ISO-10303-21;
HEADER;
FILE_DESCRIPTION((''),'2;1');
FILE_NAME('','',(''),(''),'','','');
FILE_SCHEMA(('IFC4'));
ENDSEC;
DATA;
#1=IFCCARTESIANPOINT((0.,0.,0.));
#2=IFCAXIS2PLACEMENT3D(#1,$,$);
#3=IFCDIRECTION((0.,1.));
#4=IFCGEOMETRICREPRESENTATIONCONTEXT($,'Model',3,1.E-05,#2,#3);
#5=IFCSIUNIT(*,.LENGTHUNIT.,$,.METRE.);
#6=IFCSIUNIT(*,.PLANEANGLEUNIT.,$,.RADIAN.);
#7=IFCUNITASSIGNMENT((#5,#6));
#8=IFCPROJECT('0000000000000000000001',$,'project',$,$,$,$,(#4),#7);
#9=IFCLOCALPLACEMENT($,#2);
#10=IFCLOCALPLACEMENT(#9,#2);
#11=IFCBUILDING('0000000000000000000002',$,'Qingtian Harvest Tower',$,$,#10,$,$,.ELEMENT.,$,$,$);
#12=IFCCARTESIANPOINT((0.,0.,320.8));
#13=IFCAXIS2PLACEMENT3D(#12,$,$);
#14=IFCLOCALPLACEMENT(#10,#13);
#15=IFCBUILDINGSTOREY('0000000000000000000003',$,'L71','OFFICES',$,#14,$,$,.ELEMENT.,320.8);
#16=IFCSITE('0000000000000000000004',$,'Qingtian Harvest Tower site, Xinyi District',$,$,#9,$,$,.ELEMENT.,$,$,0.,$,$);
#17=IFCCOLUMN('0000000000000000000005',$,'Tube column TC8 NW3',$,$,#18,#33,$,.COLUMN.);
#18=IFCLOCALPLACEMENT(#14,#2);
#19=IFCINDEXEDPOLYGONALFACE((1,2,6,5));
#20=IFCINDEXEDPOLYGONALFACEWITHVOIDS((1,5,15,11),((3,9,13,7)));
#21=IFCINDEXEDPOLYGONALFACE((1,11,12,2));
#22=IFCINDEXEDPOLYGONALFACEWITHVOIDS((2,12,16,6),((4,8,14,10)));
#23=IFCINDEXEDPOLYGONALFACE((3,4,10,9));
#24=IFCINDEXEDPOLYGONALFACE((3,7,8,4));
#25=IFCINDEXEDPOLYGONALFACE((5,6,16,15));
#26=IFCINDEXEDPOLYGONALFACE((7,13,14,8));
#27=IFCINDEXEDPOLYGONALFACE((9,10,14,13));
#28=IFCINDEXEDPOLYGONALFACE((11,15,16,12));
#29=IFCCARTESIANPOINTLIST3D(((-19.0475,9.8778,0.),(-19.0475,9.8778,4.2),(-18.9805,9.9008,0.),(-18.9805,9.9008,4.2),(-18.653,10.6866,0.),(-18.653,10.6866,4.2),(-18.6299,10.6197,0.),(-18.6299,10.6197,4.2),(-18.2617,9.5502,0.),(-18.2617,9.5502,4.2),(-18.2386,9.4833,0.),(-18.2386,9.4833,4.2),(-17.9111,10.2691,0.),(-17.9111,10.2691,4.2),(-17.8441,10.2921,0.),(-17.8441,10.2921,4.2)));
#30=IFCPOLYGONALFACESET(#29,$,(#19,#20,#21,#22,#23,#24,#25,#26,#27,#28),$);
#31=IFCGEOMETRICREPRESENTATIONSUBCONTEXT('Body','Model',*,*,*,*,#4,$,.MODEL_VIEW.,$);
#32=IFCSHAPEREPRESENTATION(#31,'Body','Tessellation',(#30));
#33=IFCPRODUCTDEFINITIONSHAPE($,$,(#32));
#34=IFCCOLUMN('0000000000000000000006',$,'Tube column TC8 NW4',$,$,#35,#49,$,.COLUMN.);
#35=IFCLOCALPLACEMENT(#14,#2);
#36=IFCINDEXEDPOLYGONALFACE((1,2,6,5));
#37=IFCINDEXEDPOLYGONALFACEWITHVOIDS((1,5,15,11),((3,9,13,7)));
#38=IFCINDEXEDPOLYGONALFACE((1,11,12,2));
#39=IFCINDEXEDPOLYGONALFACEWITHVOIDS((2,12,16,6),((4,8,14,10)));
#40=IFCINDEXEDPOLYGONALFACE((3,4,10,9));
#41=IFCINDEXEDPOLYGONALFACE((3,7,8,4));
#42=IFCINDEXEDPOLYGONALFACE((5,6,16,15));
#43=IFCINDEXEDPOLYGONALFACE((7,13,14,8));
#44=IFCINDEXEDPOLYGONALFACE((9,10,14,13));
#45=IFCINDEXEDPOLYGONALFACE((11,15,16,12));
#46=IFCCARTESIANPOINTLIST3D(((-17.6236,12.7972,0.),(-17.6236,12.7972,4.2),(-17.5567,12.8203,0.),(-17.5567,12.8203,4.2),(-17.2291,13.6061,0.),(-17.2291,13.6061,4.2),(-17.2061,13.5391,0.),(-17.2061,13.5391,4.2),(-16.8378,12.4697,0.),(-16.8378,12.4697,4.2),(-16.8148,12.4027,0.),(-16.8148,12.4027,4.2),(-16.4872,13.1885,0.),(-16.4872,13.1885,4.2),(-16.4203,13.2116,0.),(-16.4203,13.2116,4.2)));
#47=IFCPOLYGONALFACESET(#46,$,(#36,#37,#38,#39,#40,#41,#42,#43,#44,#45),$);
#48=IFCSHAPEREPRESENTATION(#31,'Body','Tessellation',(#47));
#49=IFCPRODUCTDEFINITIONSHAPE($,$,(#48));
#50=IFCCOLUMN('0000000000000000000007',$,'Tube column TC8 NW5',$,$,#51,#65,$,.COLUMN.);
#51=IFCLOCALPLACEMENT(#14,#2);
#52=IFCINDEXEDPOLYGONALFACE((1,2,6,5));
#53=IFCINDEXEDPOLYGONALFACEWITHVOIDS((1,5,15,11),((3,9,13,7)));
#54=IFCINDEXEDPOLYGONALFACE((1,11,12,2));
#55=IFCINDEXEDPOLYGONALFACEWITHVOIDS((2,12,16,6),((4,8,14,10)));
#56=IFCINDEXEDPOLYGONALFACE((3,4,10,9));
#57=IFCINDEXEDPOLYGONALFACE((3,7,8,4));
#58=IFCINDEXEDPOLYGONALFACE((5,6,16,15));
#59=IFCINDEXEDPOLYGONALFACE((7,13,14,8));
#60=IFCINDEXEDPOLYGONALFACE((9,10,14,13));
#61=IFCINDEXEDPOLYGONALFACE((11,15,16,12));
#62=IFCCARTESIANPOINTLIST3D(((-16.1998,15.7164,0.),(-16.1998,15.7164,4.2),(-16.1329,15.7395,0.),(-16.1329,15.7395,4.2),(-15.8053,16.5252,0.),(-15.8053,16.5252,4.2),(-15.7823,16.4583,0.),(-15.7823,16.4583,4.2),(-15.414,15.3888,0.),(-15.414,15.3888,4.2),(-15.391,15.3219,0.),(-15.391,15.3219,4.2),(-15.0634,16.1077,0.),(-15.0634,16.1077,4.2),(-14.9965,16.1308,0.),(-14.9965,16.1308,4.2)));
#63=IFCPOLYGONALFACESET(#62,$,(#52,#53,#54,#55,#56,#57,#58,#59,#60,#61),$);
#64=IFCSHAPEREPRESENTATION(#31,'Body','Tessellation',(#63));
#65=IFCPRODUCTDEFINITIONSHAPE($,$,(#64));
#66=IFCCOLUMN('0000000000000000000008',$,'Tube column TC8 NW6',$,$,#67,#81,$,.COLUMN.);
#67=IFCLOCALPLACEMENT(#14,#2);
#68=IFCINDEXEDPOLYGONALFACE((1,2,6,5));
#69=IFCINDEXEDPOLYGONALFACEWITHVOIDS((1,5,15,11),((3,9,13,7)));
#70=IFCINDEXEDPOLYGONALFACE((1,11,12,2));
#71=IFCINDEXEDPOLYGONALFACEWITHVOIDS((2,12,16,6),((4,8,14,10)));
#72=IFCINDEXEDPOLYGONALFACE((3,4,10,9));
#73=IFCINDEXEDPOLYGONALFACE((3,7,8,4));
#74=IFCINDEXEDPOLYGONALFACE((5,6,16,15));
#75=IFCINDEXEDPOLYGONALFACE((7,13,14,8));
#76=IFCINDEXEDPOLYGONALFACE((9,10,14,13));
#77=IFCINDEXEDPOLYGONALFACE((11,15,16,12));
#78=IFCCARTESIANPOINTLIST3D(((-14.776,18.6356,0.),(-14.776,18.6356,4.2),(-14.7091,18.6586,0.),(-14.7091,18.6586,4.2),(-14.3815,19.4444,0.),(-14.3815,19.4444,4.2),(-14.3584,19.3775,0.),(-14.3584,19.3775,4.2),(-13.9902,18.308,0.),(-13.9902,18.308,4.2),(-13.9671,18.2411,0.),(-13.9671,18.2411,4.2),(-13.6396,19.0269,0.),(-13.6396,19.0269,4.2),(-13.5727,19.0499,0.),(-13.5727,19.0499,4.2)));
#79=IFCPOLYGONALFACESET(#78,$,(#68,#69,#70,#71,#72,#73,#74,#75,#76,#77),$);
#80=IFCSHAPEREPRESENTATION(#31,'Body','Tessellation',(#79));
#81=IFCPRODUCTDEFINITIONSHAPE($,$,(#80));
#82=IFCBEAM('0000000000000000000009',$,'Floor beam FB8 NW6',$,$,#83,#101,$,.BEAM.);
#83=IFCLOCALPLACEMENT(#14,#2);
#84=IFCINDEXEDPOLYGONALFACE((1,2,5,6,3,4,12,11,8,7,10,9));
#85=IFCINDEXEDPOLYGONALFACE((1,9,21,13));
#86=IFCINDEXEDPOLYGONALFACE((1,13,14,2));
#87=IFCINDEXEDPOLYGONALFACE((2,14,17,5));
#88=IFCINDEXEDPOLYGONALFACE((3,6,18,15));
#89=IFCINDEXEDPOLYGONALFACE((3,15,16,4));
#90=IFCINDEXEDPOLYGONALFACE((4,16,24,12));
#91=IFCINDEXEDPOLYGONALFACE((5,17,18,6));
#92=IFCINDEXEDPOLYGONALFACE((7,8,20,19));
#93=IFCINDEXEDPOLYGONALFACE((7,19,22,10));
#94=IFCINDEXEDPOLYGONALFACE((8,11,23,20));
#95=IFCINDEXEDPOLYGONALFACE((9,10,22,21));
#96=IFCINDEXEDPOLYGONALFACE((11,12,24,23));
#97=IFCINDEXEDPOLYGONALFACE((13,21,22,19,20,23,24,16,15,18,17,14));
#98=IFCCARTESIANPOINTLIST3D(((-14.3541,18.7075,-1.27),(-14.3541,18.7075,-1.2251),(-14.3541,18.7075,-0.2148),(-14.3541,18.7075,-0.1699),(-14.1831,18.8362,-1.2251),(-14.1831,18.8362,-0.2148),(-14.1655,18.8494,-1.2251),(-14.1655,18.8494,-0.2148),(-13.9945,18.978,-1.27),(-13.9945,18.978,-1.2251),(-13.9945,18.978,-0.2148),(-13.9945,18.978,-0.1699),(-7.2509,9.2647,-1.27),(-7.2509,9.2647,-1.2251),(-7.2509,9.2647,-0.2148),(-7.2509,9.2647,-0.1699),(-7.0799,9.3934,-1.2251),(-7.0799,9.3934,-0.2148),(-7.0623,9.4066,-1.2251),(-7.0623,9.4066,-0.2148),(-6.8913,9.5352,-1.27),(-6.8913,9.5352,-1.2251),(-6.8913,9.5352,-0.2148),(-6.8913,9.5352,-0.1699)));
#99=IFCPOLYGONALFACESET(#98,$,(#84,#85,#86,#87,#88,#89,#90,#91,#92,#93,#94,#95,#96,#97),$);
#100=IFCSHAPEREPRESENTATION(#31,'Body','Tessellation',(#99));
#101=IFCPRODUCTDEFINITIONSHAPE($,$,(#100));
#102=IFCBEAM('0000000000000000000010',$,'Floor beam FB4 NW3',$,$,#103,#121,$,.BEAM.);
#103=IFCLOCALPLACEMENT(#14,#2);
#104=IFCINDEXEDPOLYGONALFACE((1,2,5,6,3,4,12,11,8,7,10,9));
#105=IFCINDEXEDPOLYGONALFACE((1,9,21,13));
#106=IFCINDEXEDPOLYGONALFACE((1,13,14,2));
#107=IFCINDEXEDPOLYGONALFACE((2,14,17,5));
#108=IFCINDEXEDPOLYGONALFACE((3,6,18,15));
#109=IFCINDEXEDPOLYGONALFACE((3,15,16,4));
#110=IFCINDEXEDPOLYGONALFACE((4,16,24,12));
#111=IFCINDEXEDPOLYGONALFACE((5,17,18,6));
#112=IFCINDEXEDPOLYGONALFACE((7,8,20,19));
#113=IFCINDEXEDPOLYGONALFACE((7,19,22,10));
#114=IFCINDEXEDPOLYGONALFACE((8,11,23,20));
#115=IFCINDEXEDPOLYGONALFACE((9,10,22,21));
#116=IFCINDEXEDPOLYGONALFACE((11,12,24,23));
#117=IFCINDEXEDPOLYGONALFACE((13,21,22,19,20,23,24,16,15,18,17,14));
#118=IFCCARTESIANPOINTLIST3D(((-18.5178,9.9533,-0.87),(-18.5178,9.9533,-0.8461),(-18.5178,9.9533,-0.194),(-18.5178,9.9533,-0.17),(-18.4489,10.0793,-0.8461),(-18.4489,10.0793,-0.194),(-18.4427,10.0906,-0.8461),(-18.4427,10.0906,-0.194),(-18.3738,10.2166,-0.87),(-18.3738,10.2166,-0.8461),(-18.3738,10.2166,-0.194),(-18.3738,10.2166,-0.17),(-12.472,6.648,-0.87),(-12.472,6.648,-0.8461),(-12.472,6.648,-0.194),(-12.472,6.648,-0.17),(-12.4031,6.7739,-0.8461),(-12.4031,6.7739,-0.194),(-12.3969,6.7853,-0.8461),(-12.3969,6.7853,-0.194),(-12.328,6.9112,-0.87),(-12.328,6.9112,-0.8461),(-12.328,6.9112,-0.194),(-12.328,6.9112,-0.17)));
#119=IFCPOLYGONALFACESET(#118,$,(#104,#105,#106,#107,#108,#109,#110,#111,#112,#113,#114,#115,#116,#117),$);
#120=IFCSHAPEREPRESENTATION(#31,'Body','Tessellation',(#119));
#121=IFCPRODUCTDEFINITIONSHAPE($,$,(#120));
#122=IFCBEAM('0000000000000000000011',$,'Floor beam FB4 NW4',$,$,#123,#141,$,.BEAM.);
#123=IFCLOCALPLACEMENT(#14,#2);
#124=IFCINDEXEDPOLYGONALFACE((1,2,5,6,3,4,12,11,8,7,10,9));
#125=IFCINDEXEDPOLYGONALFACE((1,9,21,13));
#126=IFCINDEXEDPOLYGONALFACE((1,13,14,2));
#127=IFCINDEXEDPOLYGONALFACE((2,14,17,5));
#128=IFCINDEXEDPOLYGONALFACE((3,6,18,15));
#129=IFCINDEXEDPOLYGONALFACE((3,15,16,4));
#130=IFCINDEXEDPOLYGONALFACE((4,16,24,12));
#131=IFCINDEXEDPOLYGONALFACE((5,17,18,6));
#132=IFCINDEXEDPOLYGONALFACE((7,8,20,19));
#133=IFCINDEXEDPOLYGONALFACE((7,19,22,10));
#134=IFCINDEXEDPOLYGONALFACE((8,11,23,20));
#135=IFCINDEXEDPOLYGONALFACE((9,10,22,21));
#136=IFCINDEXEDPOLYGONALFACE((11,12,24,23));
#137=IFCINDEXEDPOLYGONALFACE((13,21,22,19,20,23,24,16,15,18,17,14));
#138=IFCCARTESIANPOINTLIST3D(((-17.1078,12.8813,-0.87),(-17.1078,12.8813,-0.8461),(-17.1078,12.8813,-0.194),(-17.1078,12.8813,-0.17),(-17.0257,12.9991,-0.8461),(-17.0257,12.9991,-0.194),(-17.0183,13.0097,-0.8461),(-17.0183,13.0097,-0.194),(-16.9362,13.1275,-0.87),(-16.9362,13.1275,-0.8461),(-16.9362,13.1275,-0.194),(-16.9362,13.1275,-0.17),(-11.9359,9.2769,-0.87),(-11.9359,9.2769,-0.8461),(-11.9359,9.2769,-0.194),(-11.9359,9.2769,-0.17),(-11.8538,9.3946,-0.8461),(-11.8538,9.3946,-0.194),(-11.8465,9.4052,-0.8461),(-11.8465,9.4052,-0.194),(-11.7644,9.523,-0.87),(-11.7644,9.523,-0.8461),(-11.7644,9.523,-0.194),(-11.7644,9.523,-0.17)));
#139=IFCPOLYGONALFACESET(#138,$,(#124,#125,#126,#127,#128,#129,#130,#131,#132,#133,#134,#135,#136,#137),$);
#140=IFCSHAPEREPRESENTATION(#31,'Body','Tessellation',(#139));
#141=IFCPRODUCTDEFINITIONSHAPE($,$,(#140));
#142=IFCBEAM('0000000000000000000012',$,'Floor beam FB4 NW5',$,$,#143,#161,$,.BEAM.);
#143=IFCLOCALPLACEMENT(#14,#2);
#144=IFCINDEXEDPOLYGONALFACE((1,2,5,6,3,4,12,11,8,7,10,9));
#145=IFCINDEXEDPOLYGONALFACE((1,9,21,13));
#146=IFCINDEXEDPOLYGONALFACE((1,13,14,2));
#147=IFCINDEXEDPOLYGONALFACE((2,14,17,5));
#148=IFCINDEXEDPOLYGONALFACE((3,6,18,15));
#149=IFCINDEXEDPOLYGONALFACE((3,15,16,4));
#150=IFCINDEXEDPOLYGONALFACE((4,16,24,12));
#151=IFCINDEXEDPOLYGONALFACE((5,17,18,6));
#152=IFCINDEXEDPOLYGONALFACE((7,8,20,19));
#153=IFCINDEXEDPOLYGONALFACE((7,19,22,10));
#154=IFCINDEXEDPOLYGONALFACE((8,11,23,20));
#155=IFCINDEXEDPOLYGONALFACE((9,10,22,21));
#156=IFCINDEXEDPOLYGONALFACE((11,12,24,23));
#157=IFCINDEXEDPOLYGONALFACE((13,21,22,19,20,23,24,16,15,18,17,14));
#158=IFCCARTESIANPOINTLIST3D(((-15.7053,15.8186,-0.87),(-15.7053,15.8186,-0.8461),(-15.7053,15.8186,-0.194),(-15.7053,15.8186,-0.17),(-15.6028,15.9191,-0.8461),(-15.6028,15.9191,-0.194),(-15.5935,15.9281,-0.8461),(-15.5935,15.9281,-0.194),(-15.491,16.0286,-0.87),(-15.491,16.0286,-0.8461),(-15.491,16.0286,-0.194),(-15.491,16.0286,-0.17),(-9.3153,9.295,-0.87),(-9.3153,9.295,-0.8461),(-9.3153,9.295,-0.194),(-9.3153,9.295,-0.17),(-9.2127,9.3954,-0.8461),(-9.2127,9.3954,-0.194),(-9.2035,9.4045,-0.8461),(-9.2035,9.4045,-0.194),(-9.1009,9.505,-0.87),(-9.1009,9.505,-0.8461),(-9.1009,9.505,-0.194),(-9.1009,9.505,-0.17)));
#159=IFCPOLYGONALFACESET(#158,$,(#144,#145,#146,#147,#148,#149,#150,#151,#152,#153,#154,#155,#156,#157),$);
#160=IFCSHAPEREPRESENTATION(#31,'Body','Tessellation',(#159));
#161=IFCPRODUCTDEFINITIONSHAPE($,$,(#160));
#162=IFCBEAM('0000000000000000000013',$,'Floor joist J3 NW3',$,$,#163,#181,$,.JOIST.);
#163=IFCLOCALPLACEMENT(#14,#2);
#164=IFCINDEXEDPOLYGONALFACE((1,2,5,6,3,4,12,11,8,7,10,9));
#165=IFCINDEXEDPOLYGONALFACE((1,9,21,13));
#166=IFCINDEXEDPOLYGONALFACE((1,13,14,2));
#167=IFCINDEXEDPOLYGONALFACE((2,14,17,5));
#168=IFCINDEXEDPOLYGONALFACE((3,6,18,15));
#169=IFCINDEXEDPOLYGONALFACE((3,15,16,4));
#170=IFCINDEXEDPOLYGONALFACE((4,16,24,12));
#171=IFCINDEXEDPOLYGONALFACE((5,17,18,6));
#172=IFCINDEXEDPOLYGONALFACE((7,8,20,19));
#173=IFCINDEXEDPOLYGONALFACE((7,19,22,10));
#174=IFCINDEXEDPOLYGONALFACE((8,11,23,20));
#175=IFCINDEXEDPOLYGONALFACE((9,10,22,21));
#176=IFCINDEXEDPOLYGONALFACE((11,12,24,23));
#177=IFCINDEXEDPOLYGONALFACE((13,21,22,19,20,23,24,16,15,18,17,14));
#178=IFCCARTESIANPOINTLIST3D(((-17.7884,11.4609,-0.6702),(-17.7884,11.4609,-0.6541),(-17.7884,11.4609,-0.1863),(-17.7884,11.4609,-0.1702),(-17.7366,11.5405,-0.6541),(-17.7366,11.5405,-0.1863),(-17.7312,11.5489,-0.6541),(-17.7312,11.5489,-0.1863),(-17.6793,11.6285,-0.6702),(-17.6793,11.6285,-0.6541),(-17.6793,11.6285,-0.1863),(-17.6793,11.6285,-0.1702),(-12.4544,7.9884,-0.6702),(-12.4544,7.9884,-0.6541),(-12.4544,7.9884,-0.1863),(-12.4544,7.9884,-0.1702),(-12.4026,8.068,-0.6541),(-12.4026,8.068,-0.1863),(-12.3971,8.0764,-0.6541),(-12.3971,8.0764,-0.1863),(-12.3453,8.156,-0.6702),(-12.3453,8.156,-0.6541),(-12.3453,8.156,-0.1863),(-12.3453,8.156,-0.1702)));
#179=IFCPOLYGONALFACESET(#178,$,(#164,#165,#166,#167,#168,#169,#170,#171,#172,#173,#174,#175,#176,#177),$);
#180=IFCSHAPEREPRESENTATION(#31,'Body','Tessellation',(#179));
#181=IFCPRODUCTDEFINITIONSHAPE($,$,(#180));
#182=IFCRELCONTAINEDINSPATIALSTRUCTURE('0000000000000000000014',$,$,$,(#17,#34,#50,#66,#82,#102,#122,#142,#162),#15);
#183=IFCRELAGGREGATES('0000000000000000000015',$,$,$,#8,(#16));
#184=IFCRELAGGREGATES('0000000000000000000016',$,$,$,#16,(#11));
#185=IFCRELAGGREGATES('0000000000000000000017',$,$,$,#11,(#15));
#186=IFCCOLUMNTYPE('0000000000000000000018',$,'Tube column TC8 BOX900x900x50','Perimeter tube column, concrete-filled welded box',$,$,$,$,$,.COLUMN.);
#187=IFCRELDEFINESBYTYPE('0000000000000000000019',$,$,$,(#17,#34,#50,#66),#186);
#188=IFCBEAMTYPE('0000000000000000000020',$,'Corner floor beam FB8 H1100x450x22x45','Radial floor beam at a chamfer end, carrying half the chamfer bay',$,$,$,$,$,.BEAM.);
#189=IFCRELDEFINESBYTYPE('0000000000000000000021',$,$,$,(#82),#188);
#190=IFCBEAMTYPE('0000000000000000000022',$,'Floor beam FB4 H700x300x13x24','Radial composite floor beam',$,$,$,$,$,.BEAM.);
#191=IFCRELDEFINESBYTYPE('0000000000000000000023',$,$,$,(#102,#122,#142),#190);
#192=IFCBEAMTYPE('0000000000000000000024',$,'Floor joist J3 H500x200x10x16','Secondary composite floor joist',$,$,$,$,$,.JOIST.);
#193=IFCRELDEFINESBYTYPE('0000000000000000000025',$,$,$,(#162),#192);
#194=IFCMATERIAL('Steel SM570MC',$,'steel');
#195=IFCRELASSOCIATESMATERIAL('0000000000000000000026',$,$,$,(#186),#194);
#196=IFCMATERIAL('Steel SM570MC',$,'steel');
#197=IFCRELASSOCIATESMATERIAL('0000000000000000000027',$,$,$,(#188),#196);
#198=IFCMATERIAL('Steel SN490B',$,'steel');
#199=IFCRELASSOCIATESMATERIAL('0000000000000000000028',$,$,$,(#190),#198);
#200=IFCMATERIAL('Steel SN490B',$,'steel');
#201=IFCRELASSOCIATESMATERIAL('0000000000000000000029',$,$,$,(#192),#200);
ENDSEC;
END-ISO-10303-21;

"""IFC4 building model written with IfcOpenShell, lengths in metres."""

from ifc_helpers import new_model, si_unit, direction, frame, origin, origin_2d, place, context, subcontext, project, spatial, hollow_rectangle, i_section, extrude, material, material_profile, profile_set, type_object, element, save


model = new_model("IFC4")

# Units and contexts
model_context = context("Model", 3, precision=1e-05, world=origin(), true_north=direction((0.0, 1.0)))
body_context = subcontext(model_context, "Body", "Model", "MODEL_VIEW")
ifc_project = project(units=[si_unit("LENGTHUNIT", "METRE"), si_unit("PLANEANGLEUNIT", "RADIAN")], contexts=[model_context])

# Site, building, storey
site_placement = place(None, origin())
site = spatial("IfcSite", under=ifc_project, at=site_placement, Name="Qingtian Harvest Tower site, Xinyi District", CompositionType="ELEMENT", RefElevation=0.0)
building_placement = place(site_placement, origin())
building = spatial("IfcBuilding", under=site, at=building_placement, Name="Qingtian Harvest Tower", CompositionType="ELEMENT")
storey_placement = place(building_placement, frame((0.0, 0.0, 320.8)))
storey = spatial("IfcBuildingStorey", under=building, at=storey_placement, Name="L71", Description="OFFICES", CompositionType="ELEMENT", Elevation=320.8)

# Columns
ifc_material_1 = material(Name="Steel SM570MC", Category="steel")
ifc_material_profile_1 = material_profile(ifc_material_1, hollow_rectangle(XDim=0.8999, YDim=0.8999, WallThickness=0.05, at=origin_2d()), Name="BOX900x900x50")
ifc_profile_set_1 = profile_set([ifc_material_profile_1], Name="Steel SM570MC")
column_type = type_object("IfcColumnType", Name="Tube column TC8 BOX900x900x50", Description="Perimeter tube column, concrete-filled welded box", PredefinedType="COLUMN", material=ifc_profile_set_1)
for number, where, z_axis, x_axis, name in (
    (1, (-18.4458, 10.085, 0.0), (0.0, 0.0, 1.0), (-0.438371, -0.898794, 0.0), "Tube column TC8 NW3"),
    (2, (-17.022, 13.0044, 0.0), (0.0, 0.0, 1.0), (-0.438371, -0.898794, 0.0), "Tube column TC8 NW4"),
    (3, (-15.5981, 15.9236, 0.0), (0.0, 0.0, 1.0), (-0.438371, -0.898794, 0.0), "Tube column TC8 NW5"),
    (4, (-14.1743, 18.8428, 0.0), (0.0, 0.0, 1.0), (-0.438371, -0.898794, 0.0), "Tube column TC8 NW6"),
):
    element("IfcColumn", number, at=place(storey_placement, frame(where, z_axis=z_axis, x_axis=x_axis)), inside=storey, type_object=column_type, Name=name, PredefinedType="COLUMN", context=body_context, shape_type="SweptSolid", body=[
        extrude(hollow_rectangle(XDim=0.8999, YDim=0.8999, WallThickness=0.05, at=origin_2d()), origin(), (0.0, 0.0, 1.0), 4.2),
    ])

# Beams
ifc_material_2 = material(Name="Steel SM570MC", Category="steel")
ifc_material_profile_2 = material_profile(ifc_material_2, i_section(OverallWidth=0.45, OverallDepth=1.1001, WebThickness=0.022, FlangeThickness=0.0449, at=origin_2d()), Name="H1100x450x22x45")
ifc_profile_set_2 = profile_set([ifc_material_profile_2], Name="Steel SM570MC")
beam_type_1 = type_object("IfcBeamType", Name="Corner floor beam FB8 H1100x450x22x45", Description="Radial floor beam at a chamfer end, carrying half the chamfer bay", PredefinedType="BEAM", material=ifc_profile_set_2)
beam_1_placement = place(storey_placement, frame((-14.1743, 18.8428, -0.72), z_axis=(0.601143, -0.799141, 0.0), x_axis=(0.799141, 0.601143, 0.0)))
element("IfcBeam", 5, at=beam_1_placement, inside=storey, type_object=beam_type_1, Name="Floor beam FB8 NW6", PredefinedType="BEAM", context=body_context, shape_type="SweptSolid", body=[
    extrude(i_section(OverallWidth=0.45, OverallDepth=1.1001, WebThickness=0.022, FlangeThickness=0.0449, at=origin_2d()), origin(), (0.0, 0.0, 1.0), 11.8162),
])
ifc_material_3 = material(Name="Steel SN490B", Category="steel")
ifc_material_profile_3 = material_profile(ifc_material_3, i_section(OverallWidth=0.3, OverallDepth=0.7, WebThickness=0.0129, FlangeThickness=0.0239, at=origin_2d()), Name="H700x300x13x24")
ifc_profile_set_3 = profile_set([ifc_material_profile_3], Name="Steel SN490B")
beam_type_2 = type_object("IfcBeamType", Name="Floor beam FB4 H700x300x13x24", Description="Radial composite floor beam", PredefinedType="BEAM", material=ifc_profile_set_3)
beam_2_placement = place(storey_placement, frame((-18.4458, 10.085, -0.52), z_axis=(0.877428, -0.479708, 0.0), x_axis=(0.479708, 0.877428, 0.0)))
element("IfcBeam", 6, at=beam_2_placement, inside=storey, type_object=beam_type_2, Name="Floor beam FB4 NW3", PredefinedType="BEAM", context=body_context, shape_type="SweptSolid", body=[
    extrude(i_section(OverallWidth=0.3, OverallDepth=0.7, WebThickness=0.0129, FlangeThickness=0.0239, at=origin_2d()), origin(), (0.0, 0.0, 1.0), 6.8904),
])
beam_3_placement = place(storey_placement, frame((-17.022, 13.0044, -0.52), z_axis=(0.820409, -0.571777, 0.0), x_axis=(0.571777, 0.820409, 0.0)))
element("IfcBeam", 7, at=beam_3_placement, inside=storey, type_object=beam_type_2, Name="Floor beam FB4 NW4", PredefinedType="BEAM", context=body_context, shape_type="SweptSolid", body=[
    extrude(i_section(OverallWidth=0.3, OverallDepth=0.7, WebThickness=0.0129, FlangeThickness=0.0239, at=origin_2d()), origin(), (0.0, 0.0, 1.0), 6.304),
])
beam_4_placement = place(storey_placement, frame((-15.5981, 15.9236, -0.52), z_axis=(0.699757, -0.714381, 0.0), x_axis=(0.714381, 0.699757, 0.0)))
element("IfcBeam", 8, at=beam_4_placement, inside=storey, type_object=beam_type_2, Name="Floor beam FB4 NW5", PredefinedType="BEAM", context=body_context, shape_type="SweptSolid", body=[
    extrude(i_section(OverallWidth=0.3, OverallDepth=0.7, WebThickness=0.0129, FlangeThickness=0.0239, at=origin_2d()), origin(), (0.0, 0.0, 1.0), 9.1318),
])
ifc_material_4 = material(Name="Steel SN490B", Category="steel")
ifc_material_profile_4 = material_profile(ifc_material_4, i_section(OverallWidth=0.2, OverallDepth=0.5, WebThickness=0.01, FlangeThickness=0.0161, at=origin_2d()), Name="H500x200x10x16")
ifc_profile_set_4 = profile_set([ifc_material_profile_4], Name="Steel SN490B")
beam_type_3 = type_object("IfcBeamType", Name="Floor joist J3 H500x200x10x16", Description="Secondary composite floor joist", PredefinedType="JOIST", material=ifc_profile_set_4)
beam_5_placement = place(storey_placement, frame((-17.7339, 11.5447, -0.4202), z_axis=(0.838061, -0.545576, 0.0), x_axis=(0.545576, 0.838061, 0.0)))
element("IfcBeam", 9, at=beam_5_placement, inside=storey, type_object=beam_type_3, Name="Floor joist J3 NW3", PredefinedType="JOIST", context=body_context, shape_type="SweptSolid", body=[
    extrude(i_section(OverallWidth=0.2, OverallDepth=0.5, WebThickness=0.01, FlangeThickness=0.0161, at=origin_2d()), origin(), (0.0, 0.0, 1.0), 6.3647),
])

save(model, "model.ifc")
